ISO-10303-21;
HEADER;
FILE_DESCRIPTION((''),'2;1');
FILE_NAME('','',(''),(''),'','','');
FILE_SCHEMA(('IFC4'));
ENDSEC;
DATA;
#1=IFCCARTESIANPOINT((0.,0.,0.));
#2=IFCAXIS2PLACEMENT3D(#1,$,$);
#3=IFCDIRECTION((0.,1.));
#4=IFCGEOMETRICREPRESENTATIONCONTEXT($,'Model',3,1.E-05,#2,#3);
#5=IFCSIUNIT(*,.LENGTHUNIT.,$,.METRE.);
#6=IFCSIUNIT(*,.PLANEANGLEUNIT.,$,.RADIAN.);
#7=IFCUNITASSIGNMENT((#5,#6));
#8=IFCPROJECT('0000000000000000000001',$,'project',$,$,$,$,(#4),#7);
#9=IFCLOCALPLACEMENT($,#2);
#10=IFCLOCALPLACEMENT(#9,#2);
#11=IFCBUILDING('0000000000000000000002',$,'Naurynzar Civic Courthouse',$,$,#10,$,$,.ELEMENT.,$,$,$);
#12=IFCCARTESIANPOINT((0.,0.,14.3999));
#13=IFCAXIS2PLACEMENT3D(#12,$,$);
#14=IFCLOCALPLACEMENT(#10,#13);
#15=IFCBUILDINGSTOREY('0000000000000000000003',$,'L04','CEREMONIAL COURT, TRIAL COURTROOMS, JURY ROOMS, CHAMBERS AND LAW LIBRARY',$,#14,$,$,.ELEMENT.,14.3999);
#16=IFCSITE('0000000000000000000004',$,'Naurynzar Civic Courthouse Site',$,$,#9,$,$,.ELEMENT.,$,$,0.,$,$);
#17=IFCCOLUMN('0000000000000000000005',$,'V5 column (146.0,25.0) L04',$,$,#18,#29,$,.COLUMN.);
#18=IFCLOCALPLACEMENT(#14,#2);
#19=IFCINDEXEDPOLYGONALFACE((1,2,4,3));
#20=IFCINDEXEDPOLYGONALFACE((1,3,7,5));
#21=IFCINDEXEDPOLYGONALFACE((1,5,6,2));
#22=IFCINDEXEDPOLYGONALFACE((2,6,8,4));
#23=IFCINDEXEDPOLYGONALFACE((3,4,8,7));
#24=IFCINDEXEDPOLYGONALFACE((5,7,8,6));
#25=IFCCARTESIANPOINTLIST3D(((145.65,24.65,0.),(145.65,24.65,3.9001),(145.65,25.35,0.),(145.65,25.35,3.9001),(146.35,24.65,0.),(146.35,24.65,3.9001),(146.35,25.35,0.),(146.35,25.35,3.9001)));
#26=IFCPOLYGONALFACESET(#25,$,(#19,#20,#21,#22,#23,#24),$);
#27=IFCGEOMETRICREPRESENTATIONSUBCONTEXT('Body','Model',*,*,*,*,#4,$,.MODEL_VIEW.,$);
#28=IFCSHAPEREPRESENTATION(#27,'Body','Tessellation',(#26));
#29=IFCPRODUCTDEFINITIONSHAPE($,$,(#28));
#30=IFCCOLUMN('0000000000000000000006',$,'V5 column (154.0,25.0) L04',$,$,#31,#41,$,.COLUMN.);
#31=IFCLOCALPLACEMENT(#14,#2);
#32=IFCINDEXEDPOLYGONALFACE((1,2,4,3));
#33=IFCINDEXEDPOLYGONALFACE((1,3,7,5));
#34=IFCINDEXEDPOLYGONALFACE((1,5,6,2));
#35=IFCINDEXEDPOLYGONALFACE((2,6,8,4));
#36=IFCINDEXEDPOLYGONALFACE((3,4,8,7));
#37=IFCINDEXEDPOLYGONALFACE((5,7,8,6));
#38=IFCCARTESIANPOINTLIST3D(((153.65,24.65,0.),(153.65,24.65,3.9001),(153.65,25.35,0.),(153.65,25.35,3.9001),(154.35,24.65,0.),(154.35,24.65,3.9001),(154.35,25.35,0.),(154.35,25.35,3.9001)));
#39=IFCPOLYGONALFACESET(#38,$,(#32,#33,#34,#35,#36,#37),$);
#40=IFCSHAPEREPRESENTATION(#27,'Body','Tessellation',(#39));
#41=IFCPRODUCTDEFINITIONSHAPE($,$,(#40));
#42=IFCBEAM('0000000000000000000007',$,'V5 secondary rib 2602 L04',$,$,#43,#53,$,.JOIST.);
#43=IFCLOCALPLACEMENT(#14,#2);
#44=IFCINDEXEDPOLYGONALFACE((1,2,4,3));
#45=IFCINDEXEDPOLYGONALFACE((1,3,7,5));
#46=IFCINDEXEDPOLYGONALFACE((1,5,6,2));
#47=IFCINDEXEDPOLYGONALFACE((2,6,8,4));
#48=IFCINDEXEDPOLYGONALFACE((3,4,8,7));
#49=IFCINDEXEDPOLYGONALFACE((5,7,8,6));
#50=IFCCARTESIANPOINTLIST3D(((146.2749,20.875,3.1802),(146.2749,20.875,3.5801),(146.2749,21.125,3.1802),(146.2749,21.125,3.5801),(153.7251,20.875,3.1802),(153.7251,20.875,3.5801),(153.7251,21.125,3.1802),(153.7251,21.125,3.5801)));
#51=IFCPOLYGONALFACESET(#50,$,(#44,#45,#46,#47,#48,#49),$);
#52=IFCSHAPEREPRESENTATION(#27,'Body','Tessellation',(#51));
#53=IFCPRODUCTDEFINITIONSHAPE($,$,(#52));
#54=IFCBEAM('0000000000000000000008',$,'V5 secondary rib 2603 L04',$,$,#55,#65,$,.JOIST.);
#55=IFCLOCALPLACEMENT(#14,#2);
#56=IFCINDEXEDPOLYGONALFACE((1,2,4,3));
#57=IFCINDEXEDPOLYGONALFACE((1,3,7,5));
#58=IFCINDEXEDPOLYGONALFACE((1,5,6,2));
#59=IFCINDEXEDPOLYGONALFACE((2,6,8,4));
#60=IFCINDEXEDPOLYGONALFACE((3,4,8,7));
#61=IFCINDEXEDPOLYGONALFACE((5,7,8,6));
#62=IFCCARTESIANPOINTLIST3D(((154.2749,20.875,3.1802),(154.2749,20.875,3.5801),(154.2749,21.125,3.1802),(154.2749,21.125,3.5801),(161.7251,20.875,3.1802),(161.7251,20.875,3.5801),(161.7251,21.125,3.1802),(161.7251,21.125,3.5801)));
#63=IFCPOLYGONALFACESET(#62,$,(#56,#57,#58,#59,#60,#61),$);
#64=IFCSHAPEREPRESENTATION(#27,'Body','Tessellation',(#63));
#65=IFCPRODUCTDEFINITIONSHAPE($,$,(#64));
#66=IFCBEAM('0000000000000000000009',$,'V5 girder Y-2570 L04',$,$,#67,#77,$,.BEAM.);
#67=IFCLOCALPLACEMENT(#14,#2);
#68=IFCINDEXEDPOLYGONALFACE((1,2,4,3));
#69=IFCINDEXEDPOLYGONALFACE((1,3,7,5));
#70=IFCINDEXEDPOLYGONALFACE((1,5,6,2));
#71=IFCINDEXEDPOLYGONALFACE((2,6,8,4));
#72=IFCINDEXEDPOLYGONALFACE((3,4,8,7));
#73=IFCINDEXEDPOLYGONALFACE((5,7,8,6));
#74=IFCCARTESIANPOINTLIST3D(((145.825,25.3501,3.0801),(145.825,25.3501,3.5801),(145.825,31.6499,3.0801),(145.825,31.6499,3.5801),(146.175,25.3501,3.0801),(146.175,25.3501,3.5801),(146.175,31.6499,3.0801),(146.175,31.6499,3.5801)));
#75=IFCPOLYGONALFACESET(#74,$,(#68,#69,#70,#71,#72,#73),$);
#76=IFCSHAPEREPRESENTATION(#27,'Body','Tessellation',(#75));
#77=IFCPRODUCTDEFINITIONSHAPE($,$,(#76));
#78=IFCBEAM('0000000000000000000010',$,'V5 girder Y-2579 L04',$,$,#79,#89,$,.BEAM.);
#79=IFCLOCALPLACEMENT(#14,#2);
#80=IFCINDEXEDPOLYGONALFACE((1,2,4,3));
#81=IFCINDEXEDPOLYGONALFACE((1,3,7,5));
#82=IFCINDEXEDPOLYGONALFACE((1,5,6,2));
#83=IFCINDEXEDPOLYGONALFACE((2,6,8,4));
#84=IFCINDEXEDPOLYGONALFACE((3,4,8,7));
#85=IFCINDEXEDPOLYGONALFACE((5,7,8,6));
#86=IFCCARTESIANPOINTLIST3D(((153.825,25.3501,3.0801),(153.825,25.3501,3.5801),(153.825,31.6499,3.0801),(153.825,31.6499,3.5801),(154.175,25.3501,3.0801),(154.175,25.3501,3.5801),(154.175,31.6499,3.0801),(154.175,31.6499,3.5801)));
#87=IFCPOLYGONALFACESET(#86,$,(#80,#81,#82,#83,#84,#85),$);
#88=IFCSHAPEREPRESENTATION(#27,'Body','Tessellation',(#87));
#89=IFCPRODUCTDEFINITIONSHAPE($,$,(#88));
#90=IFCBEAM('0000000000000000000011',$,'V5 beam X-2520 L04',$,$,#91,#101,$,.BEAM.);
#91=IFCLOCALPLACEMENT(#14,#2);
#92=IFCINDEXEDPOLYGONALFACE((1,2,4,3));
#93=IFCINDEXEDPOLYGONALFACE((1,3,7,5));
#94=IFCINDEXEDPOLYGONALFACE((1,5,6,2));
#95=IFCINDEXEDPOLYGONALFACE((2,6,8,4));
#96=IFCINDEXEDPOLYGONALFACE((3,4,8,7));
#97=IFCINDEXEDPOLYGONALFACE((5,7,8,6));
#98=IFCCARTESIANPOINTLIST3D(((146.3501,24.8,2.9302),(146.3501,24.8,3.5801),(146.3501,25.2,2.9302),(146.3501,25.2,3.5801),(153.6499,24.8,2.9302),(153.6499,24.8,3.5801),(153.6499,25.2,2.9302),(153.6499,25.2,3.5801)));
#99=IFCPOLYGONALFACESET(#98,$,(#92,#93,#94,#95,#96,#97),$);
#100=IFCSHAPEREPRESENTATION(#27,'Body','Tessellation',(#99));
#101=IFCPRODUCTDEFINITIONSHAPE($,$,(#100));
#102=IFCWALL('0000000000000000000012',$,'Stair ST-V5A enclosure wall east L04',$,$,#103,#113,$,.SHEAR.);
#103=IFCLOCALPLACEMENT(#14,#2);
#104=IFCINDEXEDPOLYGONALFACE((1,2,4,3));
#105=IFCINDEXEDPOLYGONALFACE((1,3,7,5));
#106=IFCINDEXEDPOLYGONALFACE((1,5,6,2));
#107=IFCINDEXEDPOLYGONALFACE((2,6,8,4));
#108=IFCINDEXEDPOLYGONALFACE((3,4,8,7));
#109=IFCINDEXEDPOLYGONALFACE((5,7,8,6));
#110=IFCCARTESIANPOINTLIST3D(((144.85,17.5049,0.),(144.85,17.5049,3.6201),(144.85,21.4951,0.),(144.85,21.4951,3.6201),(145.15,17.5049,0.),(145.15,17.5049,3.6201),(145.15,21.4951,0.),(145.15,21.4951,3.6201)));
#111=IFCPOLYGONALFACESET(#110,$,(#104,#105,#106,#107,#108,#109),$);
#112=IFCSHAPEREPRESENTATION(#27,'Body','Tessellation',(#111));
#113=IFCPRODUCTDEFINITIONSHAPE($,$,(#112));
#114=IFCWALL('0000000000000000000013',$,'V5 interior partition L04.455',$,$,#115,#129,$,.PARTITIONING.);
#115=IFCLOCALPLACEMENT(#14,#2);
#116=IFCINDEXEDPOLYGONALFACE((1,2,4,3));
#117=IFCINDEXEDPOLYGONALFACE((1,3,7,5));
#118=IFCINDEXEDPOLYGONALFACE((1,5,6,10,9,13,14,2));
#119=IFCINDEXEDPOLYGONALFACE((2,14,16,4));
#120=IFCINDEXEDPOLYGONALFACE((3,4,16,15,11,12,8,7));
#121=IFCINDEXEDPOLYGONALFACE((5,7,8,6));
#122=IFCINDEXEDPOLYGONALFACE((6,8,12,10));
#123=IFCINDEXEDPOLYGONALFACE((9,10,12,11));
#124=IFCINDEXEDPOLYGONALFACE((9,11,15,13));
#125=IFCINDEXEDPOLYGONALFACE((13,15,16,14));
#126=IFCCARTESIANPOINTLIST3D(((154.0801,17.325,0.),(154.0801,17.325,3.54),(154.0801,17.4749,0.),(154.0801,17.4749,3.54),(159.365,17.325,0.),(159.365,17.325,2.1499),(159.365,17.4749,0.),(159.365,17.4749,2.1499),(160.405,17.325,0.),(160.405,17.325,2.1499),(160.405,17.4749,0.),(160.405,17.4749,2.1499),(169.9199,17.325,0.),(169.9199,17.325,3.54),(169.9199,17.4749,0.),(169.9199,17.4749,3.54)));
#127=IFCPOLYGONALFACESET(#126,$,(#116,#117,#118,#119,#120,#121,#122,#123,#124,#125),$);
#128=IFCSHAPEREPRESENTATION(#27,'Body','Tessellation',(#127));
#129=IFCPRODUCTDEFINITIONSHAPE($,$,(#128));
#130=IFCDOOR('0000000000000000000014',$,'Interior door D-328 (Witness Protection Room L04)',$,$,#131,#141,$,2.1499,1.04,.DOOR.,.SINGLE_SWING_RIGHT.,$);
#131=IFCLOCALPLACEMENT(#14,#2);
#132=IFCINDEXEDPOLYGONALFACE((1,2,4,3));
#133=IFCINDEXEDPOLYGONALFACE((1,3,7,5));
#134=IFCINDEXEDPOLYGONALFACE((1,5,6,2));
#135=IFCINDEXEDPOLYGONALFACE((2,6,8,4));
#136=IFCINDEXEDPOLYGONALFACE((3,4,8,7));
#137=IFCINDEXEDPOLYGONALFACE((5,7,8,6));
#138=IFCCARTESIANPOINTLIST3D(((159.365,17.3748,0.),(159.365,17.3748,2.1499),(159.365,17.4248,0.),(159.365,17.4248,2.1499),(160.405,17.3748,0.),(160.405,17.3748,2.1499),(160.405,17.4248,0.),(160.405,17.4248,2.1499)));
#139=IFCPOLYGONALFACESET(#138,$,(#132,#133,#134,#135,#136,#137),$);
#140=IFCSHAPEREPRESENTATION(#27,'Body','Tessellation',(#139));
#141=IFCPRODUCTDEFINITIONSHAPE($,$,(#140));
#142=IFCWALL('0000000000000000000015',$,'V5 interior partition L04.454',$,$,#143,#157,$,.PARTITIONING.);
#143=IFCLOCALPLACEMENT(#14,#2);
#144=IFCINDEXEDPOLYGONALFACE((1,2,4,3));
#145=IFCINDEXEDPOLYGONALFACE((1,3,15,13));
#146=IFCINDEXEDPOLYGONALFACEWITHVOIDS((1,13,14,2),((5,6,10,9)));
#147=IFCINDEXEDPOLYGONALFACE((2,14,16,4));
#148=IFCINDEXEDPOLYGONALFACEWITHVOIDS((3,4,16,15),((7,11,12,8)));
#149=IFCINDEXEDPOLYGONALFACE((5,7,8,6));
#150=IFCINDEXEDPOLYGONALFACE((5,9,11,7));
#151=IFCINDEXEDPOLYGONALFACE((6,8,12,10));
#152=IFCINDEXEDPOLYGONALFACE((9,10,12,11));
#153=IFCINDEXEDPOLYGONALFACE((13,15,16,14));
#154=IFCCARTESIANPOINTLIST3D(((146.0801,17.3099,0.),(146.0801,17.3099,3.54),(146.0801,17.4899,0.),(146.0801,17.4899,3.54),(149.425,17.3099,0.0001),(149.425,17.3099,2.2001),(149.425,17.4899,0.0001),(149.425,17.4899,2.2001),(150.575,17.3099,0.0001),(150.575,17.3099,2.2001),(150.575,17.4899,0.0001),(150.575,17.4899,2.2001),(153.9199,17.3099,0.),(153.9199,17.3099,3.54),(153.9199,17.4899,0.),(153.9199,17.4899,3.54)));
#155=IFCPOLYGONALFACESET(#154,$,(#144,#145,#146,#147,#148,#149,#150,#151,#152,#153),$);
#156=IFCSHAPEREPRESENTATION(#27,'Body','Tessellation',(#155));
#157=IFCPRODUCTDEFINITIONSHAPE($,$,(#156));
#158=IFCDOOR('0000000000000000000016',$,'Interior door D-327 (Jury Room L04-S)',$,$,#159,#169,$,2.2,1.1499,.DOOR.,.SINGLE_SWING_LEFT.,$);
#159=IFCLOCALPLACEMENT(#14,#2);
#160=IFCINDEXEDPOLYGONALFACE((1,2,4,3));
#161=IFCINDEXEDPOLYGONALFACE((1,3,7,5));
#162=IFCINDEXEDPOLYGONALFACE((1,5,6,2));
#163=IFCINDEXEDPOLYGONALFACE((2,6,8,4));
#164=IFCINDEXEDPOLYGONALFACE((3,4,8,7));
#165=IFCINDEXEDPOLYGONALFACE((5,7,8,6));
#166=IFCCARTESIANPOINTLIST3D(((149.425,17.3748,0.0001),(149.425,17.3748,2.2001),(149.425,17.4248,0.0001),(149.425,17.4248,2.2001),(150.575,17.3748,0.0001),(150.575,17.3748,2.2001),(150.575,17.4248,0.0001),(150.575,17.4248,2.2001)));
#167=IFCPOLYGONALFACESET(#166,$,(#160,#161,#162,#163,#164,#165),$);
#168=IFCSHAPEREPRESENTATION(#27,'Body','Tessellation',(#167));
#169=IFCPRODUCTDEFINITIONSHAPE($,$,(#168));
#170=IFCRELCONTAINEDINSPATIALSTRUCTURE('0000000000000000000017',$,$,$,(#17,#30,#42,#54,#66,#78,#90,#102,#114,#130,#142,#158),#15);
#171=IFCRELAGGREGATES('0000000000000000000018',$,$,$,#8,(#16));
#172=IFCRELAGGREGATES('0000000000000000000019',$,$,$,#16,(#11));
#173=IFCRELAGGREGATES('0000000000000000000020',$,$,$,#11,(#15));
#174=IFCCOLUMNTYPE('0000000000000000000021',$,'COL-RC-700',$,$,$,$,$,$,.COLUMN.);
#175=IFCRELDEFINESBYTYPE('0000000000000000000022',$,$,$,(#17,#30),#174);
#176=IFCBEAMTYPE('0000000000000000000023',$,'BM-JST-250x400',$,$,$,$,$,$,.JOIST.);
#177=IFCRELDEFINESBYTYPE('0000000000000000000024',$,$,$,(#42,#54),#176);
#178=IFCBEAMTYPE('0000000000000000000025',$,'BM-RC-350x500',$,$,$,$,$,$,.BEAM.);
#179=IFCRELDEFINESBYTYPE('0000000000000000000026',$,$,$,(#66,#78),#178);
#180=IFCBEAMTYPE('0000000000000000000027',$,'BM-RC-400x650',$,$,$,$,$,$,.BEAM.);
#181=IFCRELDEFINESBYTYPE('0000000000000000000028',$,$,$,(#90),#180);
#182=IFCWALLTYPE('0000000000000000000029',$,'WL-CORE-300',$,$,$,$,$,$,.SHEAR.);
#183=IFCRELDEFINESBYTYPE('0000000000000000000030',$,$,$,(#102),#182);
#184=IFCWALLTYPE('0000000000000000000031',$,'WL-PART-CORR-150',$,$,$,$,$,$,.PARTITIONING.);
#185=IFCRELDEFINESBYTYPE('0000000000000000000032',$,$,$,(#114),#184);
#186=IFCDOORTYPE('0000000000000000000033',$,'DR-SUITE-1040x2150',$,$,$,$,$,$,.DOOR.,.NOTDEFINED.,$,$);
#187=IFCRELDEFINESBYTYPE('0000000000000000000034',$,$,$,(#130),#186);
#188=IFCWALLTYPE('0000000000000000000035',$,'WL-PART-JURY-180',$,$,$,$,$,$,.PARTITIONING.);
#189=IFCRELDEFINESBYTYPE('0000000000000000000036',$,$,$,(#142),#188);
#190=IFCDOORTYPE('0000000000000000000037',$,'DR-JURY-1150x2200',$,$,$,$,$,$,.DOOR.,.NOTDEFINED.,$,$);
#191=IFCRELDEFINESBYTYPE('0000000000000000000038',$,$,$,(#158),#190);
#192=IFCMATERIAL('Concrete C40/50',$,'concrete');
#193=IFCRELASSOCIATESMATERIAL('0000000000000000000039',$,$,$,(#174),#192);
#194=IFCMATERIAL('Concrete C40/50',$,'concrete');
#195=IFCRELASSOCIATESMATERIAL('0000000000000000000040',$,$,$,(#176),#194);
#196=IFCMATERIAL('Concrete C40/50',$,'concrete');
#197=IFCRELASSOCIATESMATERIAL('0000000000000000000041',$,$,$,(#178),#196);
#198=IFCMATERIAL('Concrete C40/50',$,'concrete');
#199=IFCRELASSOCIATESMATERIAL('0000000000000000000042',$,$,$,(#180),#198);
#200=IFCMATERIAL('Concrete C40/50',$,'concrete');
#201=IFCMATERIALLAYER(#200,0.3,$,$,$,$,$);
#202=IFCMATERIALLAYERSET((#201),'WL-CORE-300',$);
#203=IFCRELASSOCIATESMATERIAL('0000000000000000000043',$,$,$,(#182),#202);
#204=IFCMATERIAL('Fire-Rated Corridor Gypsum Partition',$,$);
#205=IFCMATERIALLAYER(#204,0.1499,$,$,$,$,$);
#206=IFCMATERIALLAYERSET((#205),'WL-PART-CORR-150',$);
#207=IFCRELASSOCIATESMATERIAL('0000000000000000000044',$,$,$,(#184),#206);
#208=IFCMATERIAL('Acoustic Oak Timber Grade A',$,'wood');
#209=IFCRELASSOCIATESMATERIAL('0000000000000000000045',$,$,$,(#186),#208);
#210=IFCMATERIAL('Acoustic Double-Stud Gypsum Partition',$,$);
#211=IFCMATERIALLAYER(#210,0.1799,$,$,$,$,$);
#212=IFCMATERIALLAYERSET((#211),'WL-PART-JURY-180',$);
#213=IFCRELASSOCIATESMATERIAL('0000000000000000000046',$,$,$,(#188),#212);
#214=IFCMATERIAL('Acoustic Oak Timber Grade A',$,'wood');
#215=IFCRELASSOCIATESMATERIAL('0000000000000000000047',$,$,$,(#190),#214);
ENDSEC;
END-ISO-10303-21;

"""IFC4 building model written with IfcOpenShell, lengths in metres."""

from ifc_helpers import new_model, si_unit, direction, frame, frame_2d, origin, origin_2d, place, context, subcontext, project, spatial, rectangle, extrude, material, layer, layer_set, material_profile, profile_set, type_object, element, fill, save


model = new_model("IFC4")

# Units and contexts
model_context = context("Model", 3, precision=1e-05, world=origin(), true_north=direction((0.0, 1.0)))
body_context = subcontext(model_context, "Body", "Model", "MODEL_VIEW")
ifc_project = project(units=[si_unit("LENGTHUNIT", "METRE"), si_unit("PLANEANGLEUNIT", "RADIAN")], contexts=[model_context])

# Site, building, storey
site_placement = place(None, origin())
site = spatial("IfcSite", under=ifc_project, at=site_placement, Name="Naurynzar Civic Courthouse Site", CompositionType="ELEMENT", RefElevation=0.0)
building_placement = place(site_placement, origin())
building = spatial("IfcBuilding", under=site, at=building_placement, Name="Naurynzar Civic Courthouse", CompositionType="ELEMENT")
storey_placement = place(building_placement, frame((0.0, 0.0, 14.3999)))
storey = spatial("IfcBuildingStorey", under=building, at=storey_placement, Name="L04", Description="CEREMONIAL COURT, TRIAL COURTROOMS, JURY ROOMS, CHAMBERS AND LAW LIBRARY", CompositionType="ELEMENT", Elevation=14.3999)

# Columns
ifc_material_1 = material(Name="Concrete C40/50", Category="concrete")
ifc_material_profile_1 = material_profile(ifc_material_1, rectangle(XDim=0.7, YDim=0.7, at=origin_2d()), Name="RC 700x700")
ifc_profile_set_1 = profile_set([ifc_material_profile_1], Name="Concrete C40/50")
column_type = type_object("IfcColumnType", Name="COL-RC-700", PredefinedType="COLUMN", material=ifc_profile_set_1)
for number, where, z_axis, x_axis, name in (
    (1, (146.0, 25.0, 0.0), (0.0, 0.0, 1.0), (1.0, 0.0, 0.0), "V5 column (146.0,25.0) L04"),
    (2, (154.0, 25.0, 0.0), (0.0, 0.0, 1.0), (1.0, 0.0, 0.0), "V5 column (154.0,25.0) L04"),
):
    element("IfcColumn", number, at=place(storey_placement, frame(where, z_axis=z_axis, x_axis=x_axis)), inside=storey, type_object=column_type, Name=name, PredefinedType="COLUMN", context=body_context, shape_type="SweptSolid", body=[
        extrude(rectangle(XDim=0.7, YDim=0.7, at=origin_2d()), origin(), (0.0, 0.0, 1.0), 3.9001),
    ])

# Beams
ifc_material_2 = material(Name="Concrete C40/50", Category="concrete")
ifc_material_profile_2 = material_profile(ifc_material_2, rectangle(XDim=0.25, YDim=0.3999, at=origin_2d()), Name="RCB 250x400")
ifc_profile_set_2 = profile_set([ifc_material_profile_2], Name="Concrete C40/50")
beam_type_1 = type_object("IfcBeamType", Name="BM-JST-250x400", PredefinedType="JOIST", material=ifc_profile_set_2)
for number, where, z_axis, x_axis, name in (
    (3, (146.2749, 21.0, 3.3801), (1.0, 0.0, 0.0), (0.0, 1.0, 0.0), "V5 secondary rib 2602 L04"),
    (4, (154.2749, 21.0, 3.3801), (1.0, 0.0, 0.0), (0.0, 1.0, 0.0), "V5 secondary rib 2603 L04"),
):
    element("IfcBeam", number, at=place(storey_placement, frame(where, z_axis=z_axis, x_axis=x_axis)), inside=storey, type_object=beam_type_1, Name=name, PredefinedType="JOIST", context=body_context, shape_type="SweptSolid", body=[
        extrude(rectangle(XDim=0.25, YDim=0.3999, at=origin_2d()), origin(), (0.0, 0.0, 1.0), 7.4502),
    ])
ifc_material_3 = material(Name="Concrete C40/50", Category="concrete")
ifc_material_profile_3 = material_profile(ifc_material_3, rectangle(XDim=0.3501, YDim=0.5, at=origin_2d()), Name="RCB 350x500")
ifc_profile_set_3 = profile_set([ifc_material_profile_3], Name="Concrete C40/50")
beam_type_2 = type_object("IfcBeamType", Name="BM-RC-350x500", PredefinedType="BEAM", material=ifc_profile_set_3)
for number, where, z_axis, x_axis, name in (
    (5, (146.0, 25.3501, 3.3301), (0.0, 1.0, 0.0), (-1.0, 0.0, 0.0), "V5 girder Y-2570 L04"),
    (6, (154.0, 25.3501, 3.3301), (0.0, 1.0, 0.0), (-1.0, 0.0, 0.0), "V5 girder Y-2579 L04"),
):
    element("IfcBeam", number, at=place(storey_placement, frame(where, z_axis=z_axis, x_axis=x_axis)), inside=storey, type_object=beam_type_2, Name=name, PredefinedType="BEAM", context=body_context, shape_type="SweptSolid", body=[
        extrude(rectangle(XDim=0.3501, YDim=0.5, at=origin_2d()), origin(), (0.0, 0.0, 1.0), 6.2998),
    ])
ifc_material_4 = material(Name="Concrete C40/50", Category="concrete")
ifc_material_profile_4 = material_profile(ifc_material_4, rectangle(XDim=0.3999, YDim=0.6499, at=origin_2d()), Name="RCB 400x650")
ifc_profile_set_4 = profile_set([ifc_material_profile_4], Name="Concrete C40/50")
beam_type_3 = type_object("IfcBeamType", Name="BM-RC-400x650", PredefinedType="BEAM", material=ifc_profile_set_4)
beam_placement = place(storey_placement, frame((146.3501, 25.0, 3.2551), z_axis=(1.0, 0.0, 0.0), x_axis=(0.0, 1.0, 0.0)))
element("IfcBeam", 7, at=beam_placement, inside=storey, type_object=beam_type_3, Name="V5 beam X-2520 L04", PredefinedType="BEAM", context=body_context, shape_type="SweptSolid", body=[
    extrude(rectangle(XDim=0.3999, YDim=0.6499, at=origin_2d()), origin(), (0.0, 0.0, 1.0), 7.2998),
])

# Shared definitions
ifc_material_5 = material(Name="Concrete C40/50", Category="concrete")
ifc_layer_1 = layer(ifc_material_5, 0.3)
ifc_layer_set_1 = layer_set([ifc_layer_1], Name="WL-CORE-300")
wall_type_1 = type_object("IfcWallType", Name="WL-CORE-300", PredefinedType="SHEAR", material=ifc_layer_set_1)

# Wall
wall_1_placement = place(storey_placement, frame((145.0, 17.5049, 0.0), z_axis=(0.0, 0.0, 1.0), x_axis=(0.0, 1.0, 0.0)))
element("IfcWall", 8, at=wall_1_placement, inside=storey, type_object=wall_type_1, Name="Stair ST-V5A enclosure wall east L04", PredefinedType="SHEAR", context=body_context, shape_type="SweptSolid", body=[
    extrude(rectangle(XDim=3.9902, YDim=0.3, at=frame_2d((1.9951, 0.0))), origin(), (0.0, 0.0, 1.0), 3.6201),
])

# Walls, openings, doors
ifc_material_6 = material(Name="Fire-Rated Corridor Gypsum Partition")
ifc_layer_2 = layer(ifc_material_6, 0.1499)
ifc_layer_set_2 = layer_set([ifc_layer_2], Name="WL-PART-CORR-150")
wall_type_2 = type_object("IfcWallType", Name="WL-PART-CORR-150", PredefinedType="PARTITIONING", material=ifc_layer_set_2)
wall_2_placement = place(storey_placement, frame((154.0801, 17.3999, 0.0), z_axis=(0.0, 0.0, 1.0), x_axis=(1.0, 0.0, 0.0)))
wall_2 = element("IfcWall", 9, at=wall_2_placement, inside=storey, type_object=wall_type_2, Name="V5 interior partition L04.455", PredefinedType="PARTITIONING", context=body_context, shape_type="SweptSolid", body=[
    extrude(rectangle(XDim=15.8398, YDim=0.1499, at=frame_2d((7.9199, 0.0))), origin(), (0.0, 0.0, 1.0), 3.54),
])
opening_1_placement = place(wall_2_placement, frame((5.2849, 0.0, 0.0)))
opening_1 = element("IfcOpeningElement", 10, at=opening_1_placement, cuts=wall_2, PredefinedType="OPENING", context=body_context, shape_type="SweptSolid", body=[
    extrude(rectangle(XDim=1.04, YDim=2.1499, at=frame_2d((0.52, 1.075))), frame((0.0, 0.085, 0.0), z_axis=(0.0, -1.0, 0.0), x_axis=(1.0, 0.0, 0.0)), (0.0, 0.0, 1.0), 0.1699),
])
ifc_material_7 = material(Name="Acoustic Oak Timber Grade A", Category="wood")
door_type_1 = type_object("IfcDoorType", Name="DR-SUITE-1040x2150", OperationType="NOTDEFINED", PredefinedType="DOOR", material=ifc_material_7)
door_1_placement = place(opening_1_placement, origin())
door_1 = element("IfcDoor", 11, at=door_1_placement, inside=storey, type_object=door_type_1, Name="Interior door D-328 (Witness Protection Room L04)", OperationType="SINGLE_SWING_RIGHT", OverallHeight=2.1499, OverallWidth=1.04, PredefinedType="DOOR", context=body_context, shape_type="SweptSolid", body=[
    extrude(rectangle(XDim=1.04, YDim=2.1499, at=frame_2d((0.52, 1.075))), frame((0.0, 0.0249, 0.0), z_axis=(0.0, -1.0, 0.0), x_axis=(1.0, 0.0, 0.0)), (0.0, 0.0, 1.0), 0.05),
])
fill(opening_1, door_1)
ifc_material_8 = material(Name="Acoustic Double-Stud Gypsum Partition")
ifc_layer_3 = layer(ifc_material_8, 0.1799)
ifc_layer_set_3 = layer_set([ifc_layer_3], Name="WL-PART-JURY-180")
wall_type_3 = type_object("IfcWallType", Name="WL-PART-JURY-180", PredefinedType="PARTITIONING", material=ifc_layer_set_3)
wall_3_placement = place(storey_placement, frame((146.0801, 17.3999, 0.0), z_axis=(0.0, 0.0, 1.0), x_axis=(1.0, 0.0, 0.0)))
wall_3 = element("IfcWall", 12, at=wall_3_placement, inside=storey, type_object=wall_type_3, Name="V5 interior partition L04.454", PredefinedType="PARTITIONING", context=body_context, shape_type="SweptSolid", body=[
    extrude(rectangle(XDim=7.8398, YDim=0.1799, at=frame_2d((3.9199, 0.0))), origin(), (0.0, 0.0, 1.0), 3.54),
])
opening_2_placement = place(wall_3_placement, frame((3.345, 0.0, 0.0)))
opening_2 = element("IfcOpeningElement", 13, at=opening_2_placement, cuts=wall_3, PredefinedType="OPENING", context=body_context, shape_type="SweptSolid", body=[
    extrude(rectangle(XDim=1.1499, YDim=2.2, at=frame_2d((0.575, 1.1001))), frame((0.0, 0.0999, 0.0), z_axis=(0.0, -1.0, 0.0), x_axis=(1.0, 0.0, 0.0)), (0.0, 0.0, 1.0), 0.2),
])
ifc_material_9 = material(Name="Acoustic Oak Timber Grade A", Category="wood")
door_type_2 = type_object("IfcDoorType", Name="DR-JURY-1150x2200", OperationType="NOTDEFINED", PredefinedType="DOOR", material=ifc_material_9)
door_2_placement = place(opening_2_placement, origin())
door_2 = element("IfcDoor", 14, at=door_2_placement, inside=storey, type_object=door_type_2, Name="Interior door D-327 (Jury Room L04-S)", OperationType="SINGLE_SWING_LEFT", OverallHeight=2.2, OverallWidth=1.1499, PredefinedType="DOOR", context=body_context, shape_type="SweptSolid", body=[
    extrude(rectangle(XDim=1.1499, YDim=2.2, at=frame_2d((0.575, 1.1001))), frame((0.0, 0.0249, 0.0), z_axis=(0.0, -1.0, 0.0), x_axis=(1.0, 0.0, 0.0)), (0.0, 0.0, 1.0), 0.05),
])
fill(opening_2, door_2)

save(model, "model.ifc")
